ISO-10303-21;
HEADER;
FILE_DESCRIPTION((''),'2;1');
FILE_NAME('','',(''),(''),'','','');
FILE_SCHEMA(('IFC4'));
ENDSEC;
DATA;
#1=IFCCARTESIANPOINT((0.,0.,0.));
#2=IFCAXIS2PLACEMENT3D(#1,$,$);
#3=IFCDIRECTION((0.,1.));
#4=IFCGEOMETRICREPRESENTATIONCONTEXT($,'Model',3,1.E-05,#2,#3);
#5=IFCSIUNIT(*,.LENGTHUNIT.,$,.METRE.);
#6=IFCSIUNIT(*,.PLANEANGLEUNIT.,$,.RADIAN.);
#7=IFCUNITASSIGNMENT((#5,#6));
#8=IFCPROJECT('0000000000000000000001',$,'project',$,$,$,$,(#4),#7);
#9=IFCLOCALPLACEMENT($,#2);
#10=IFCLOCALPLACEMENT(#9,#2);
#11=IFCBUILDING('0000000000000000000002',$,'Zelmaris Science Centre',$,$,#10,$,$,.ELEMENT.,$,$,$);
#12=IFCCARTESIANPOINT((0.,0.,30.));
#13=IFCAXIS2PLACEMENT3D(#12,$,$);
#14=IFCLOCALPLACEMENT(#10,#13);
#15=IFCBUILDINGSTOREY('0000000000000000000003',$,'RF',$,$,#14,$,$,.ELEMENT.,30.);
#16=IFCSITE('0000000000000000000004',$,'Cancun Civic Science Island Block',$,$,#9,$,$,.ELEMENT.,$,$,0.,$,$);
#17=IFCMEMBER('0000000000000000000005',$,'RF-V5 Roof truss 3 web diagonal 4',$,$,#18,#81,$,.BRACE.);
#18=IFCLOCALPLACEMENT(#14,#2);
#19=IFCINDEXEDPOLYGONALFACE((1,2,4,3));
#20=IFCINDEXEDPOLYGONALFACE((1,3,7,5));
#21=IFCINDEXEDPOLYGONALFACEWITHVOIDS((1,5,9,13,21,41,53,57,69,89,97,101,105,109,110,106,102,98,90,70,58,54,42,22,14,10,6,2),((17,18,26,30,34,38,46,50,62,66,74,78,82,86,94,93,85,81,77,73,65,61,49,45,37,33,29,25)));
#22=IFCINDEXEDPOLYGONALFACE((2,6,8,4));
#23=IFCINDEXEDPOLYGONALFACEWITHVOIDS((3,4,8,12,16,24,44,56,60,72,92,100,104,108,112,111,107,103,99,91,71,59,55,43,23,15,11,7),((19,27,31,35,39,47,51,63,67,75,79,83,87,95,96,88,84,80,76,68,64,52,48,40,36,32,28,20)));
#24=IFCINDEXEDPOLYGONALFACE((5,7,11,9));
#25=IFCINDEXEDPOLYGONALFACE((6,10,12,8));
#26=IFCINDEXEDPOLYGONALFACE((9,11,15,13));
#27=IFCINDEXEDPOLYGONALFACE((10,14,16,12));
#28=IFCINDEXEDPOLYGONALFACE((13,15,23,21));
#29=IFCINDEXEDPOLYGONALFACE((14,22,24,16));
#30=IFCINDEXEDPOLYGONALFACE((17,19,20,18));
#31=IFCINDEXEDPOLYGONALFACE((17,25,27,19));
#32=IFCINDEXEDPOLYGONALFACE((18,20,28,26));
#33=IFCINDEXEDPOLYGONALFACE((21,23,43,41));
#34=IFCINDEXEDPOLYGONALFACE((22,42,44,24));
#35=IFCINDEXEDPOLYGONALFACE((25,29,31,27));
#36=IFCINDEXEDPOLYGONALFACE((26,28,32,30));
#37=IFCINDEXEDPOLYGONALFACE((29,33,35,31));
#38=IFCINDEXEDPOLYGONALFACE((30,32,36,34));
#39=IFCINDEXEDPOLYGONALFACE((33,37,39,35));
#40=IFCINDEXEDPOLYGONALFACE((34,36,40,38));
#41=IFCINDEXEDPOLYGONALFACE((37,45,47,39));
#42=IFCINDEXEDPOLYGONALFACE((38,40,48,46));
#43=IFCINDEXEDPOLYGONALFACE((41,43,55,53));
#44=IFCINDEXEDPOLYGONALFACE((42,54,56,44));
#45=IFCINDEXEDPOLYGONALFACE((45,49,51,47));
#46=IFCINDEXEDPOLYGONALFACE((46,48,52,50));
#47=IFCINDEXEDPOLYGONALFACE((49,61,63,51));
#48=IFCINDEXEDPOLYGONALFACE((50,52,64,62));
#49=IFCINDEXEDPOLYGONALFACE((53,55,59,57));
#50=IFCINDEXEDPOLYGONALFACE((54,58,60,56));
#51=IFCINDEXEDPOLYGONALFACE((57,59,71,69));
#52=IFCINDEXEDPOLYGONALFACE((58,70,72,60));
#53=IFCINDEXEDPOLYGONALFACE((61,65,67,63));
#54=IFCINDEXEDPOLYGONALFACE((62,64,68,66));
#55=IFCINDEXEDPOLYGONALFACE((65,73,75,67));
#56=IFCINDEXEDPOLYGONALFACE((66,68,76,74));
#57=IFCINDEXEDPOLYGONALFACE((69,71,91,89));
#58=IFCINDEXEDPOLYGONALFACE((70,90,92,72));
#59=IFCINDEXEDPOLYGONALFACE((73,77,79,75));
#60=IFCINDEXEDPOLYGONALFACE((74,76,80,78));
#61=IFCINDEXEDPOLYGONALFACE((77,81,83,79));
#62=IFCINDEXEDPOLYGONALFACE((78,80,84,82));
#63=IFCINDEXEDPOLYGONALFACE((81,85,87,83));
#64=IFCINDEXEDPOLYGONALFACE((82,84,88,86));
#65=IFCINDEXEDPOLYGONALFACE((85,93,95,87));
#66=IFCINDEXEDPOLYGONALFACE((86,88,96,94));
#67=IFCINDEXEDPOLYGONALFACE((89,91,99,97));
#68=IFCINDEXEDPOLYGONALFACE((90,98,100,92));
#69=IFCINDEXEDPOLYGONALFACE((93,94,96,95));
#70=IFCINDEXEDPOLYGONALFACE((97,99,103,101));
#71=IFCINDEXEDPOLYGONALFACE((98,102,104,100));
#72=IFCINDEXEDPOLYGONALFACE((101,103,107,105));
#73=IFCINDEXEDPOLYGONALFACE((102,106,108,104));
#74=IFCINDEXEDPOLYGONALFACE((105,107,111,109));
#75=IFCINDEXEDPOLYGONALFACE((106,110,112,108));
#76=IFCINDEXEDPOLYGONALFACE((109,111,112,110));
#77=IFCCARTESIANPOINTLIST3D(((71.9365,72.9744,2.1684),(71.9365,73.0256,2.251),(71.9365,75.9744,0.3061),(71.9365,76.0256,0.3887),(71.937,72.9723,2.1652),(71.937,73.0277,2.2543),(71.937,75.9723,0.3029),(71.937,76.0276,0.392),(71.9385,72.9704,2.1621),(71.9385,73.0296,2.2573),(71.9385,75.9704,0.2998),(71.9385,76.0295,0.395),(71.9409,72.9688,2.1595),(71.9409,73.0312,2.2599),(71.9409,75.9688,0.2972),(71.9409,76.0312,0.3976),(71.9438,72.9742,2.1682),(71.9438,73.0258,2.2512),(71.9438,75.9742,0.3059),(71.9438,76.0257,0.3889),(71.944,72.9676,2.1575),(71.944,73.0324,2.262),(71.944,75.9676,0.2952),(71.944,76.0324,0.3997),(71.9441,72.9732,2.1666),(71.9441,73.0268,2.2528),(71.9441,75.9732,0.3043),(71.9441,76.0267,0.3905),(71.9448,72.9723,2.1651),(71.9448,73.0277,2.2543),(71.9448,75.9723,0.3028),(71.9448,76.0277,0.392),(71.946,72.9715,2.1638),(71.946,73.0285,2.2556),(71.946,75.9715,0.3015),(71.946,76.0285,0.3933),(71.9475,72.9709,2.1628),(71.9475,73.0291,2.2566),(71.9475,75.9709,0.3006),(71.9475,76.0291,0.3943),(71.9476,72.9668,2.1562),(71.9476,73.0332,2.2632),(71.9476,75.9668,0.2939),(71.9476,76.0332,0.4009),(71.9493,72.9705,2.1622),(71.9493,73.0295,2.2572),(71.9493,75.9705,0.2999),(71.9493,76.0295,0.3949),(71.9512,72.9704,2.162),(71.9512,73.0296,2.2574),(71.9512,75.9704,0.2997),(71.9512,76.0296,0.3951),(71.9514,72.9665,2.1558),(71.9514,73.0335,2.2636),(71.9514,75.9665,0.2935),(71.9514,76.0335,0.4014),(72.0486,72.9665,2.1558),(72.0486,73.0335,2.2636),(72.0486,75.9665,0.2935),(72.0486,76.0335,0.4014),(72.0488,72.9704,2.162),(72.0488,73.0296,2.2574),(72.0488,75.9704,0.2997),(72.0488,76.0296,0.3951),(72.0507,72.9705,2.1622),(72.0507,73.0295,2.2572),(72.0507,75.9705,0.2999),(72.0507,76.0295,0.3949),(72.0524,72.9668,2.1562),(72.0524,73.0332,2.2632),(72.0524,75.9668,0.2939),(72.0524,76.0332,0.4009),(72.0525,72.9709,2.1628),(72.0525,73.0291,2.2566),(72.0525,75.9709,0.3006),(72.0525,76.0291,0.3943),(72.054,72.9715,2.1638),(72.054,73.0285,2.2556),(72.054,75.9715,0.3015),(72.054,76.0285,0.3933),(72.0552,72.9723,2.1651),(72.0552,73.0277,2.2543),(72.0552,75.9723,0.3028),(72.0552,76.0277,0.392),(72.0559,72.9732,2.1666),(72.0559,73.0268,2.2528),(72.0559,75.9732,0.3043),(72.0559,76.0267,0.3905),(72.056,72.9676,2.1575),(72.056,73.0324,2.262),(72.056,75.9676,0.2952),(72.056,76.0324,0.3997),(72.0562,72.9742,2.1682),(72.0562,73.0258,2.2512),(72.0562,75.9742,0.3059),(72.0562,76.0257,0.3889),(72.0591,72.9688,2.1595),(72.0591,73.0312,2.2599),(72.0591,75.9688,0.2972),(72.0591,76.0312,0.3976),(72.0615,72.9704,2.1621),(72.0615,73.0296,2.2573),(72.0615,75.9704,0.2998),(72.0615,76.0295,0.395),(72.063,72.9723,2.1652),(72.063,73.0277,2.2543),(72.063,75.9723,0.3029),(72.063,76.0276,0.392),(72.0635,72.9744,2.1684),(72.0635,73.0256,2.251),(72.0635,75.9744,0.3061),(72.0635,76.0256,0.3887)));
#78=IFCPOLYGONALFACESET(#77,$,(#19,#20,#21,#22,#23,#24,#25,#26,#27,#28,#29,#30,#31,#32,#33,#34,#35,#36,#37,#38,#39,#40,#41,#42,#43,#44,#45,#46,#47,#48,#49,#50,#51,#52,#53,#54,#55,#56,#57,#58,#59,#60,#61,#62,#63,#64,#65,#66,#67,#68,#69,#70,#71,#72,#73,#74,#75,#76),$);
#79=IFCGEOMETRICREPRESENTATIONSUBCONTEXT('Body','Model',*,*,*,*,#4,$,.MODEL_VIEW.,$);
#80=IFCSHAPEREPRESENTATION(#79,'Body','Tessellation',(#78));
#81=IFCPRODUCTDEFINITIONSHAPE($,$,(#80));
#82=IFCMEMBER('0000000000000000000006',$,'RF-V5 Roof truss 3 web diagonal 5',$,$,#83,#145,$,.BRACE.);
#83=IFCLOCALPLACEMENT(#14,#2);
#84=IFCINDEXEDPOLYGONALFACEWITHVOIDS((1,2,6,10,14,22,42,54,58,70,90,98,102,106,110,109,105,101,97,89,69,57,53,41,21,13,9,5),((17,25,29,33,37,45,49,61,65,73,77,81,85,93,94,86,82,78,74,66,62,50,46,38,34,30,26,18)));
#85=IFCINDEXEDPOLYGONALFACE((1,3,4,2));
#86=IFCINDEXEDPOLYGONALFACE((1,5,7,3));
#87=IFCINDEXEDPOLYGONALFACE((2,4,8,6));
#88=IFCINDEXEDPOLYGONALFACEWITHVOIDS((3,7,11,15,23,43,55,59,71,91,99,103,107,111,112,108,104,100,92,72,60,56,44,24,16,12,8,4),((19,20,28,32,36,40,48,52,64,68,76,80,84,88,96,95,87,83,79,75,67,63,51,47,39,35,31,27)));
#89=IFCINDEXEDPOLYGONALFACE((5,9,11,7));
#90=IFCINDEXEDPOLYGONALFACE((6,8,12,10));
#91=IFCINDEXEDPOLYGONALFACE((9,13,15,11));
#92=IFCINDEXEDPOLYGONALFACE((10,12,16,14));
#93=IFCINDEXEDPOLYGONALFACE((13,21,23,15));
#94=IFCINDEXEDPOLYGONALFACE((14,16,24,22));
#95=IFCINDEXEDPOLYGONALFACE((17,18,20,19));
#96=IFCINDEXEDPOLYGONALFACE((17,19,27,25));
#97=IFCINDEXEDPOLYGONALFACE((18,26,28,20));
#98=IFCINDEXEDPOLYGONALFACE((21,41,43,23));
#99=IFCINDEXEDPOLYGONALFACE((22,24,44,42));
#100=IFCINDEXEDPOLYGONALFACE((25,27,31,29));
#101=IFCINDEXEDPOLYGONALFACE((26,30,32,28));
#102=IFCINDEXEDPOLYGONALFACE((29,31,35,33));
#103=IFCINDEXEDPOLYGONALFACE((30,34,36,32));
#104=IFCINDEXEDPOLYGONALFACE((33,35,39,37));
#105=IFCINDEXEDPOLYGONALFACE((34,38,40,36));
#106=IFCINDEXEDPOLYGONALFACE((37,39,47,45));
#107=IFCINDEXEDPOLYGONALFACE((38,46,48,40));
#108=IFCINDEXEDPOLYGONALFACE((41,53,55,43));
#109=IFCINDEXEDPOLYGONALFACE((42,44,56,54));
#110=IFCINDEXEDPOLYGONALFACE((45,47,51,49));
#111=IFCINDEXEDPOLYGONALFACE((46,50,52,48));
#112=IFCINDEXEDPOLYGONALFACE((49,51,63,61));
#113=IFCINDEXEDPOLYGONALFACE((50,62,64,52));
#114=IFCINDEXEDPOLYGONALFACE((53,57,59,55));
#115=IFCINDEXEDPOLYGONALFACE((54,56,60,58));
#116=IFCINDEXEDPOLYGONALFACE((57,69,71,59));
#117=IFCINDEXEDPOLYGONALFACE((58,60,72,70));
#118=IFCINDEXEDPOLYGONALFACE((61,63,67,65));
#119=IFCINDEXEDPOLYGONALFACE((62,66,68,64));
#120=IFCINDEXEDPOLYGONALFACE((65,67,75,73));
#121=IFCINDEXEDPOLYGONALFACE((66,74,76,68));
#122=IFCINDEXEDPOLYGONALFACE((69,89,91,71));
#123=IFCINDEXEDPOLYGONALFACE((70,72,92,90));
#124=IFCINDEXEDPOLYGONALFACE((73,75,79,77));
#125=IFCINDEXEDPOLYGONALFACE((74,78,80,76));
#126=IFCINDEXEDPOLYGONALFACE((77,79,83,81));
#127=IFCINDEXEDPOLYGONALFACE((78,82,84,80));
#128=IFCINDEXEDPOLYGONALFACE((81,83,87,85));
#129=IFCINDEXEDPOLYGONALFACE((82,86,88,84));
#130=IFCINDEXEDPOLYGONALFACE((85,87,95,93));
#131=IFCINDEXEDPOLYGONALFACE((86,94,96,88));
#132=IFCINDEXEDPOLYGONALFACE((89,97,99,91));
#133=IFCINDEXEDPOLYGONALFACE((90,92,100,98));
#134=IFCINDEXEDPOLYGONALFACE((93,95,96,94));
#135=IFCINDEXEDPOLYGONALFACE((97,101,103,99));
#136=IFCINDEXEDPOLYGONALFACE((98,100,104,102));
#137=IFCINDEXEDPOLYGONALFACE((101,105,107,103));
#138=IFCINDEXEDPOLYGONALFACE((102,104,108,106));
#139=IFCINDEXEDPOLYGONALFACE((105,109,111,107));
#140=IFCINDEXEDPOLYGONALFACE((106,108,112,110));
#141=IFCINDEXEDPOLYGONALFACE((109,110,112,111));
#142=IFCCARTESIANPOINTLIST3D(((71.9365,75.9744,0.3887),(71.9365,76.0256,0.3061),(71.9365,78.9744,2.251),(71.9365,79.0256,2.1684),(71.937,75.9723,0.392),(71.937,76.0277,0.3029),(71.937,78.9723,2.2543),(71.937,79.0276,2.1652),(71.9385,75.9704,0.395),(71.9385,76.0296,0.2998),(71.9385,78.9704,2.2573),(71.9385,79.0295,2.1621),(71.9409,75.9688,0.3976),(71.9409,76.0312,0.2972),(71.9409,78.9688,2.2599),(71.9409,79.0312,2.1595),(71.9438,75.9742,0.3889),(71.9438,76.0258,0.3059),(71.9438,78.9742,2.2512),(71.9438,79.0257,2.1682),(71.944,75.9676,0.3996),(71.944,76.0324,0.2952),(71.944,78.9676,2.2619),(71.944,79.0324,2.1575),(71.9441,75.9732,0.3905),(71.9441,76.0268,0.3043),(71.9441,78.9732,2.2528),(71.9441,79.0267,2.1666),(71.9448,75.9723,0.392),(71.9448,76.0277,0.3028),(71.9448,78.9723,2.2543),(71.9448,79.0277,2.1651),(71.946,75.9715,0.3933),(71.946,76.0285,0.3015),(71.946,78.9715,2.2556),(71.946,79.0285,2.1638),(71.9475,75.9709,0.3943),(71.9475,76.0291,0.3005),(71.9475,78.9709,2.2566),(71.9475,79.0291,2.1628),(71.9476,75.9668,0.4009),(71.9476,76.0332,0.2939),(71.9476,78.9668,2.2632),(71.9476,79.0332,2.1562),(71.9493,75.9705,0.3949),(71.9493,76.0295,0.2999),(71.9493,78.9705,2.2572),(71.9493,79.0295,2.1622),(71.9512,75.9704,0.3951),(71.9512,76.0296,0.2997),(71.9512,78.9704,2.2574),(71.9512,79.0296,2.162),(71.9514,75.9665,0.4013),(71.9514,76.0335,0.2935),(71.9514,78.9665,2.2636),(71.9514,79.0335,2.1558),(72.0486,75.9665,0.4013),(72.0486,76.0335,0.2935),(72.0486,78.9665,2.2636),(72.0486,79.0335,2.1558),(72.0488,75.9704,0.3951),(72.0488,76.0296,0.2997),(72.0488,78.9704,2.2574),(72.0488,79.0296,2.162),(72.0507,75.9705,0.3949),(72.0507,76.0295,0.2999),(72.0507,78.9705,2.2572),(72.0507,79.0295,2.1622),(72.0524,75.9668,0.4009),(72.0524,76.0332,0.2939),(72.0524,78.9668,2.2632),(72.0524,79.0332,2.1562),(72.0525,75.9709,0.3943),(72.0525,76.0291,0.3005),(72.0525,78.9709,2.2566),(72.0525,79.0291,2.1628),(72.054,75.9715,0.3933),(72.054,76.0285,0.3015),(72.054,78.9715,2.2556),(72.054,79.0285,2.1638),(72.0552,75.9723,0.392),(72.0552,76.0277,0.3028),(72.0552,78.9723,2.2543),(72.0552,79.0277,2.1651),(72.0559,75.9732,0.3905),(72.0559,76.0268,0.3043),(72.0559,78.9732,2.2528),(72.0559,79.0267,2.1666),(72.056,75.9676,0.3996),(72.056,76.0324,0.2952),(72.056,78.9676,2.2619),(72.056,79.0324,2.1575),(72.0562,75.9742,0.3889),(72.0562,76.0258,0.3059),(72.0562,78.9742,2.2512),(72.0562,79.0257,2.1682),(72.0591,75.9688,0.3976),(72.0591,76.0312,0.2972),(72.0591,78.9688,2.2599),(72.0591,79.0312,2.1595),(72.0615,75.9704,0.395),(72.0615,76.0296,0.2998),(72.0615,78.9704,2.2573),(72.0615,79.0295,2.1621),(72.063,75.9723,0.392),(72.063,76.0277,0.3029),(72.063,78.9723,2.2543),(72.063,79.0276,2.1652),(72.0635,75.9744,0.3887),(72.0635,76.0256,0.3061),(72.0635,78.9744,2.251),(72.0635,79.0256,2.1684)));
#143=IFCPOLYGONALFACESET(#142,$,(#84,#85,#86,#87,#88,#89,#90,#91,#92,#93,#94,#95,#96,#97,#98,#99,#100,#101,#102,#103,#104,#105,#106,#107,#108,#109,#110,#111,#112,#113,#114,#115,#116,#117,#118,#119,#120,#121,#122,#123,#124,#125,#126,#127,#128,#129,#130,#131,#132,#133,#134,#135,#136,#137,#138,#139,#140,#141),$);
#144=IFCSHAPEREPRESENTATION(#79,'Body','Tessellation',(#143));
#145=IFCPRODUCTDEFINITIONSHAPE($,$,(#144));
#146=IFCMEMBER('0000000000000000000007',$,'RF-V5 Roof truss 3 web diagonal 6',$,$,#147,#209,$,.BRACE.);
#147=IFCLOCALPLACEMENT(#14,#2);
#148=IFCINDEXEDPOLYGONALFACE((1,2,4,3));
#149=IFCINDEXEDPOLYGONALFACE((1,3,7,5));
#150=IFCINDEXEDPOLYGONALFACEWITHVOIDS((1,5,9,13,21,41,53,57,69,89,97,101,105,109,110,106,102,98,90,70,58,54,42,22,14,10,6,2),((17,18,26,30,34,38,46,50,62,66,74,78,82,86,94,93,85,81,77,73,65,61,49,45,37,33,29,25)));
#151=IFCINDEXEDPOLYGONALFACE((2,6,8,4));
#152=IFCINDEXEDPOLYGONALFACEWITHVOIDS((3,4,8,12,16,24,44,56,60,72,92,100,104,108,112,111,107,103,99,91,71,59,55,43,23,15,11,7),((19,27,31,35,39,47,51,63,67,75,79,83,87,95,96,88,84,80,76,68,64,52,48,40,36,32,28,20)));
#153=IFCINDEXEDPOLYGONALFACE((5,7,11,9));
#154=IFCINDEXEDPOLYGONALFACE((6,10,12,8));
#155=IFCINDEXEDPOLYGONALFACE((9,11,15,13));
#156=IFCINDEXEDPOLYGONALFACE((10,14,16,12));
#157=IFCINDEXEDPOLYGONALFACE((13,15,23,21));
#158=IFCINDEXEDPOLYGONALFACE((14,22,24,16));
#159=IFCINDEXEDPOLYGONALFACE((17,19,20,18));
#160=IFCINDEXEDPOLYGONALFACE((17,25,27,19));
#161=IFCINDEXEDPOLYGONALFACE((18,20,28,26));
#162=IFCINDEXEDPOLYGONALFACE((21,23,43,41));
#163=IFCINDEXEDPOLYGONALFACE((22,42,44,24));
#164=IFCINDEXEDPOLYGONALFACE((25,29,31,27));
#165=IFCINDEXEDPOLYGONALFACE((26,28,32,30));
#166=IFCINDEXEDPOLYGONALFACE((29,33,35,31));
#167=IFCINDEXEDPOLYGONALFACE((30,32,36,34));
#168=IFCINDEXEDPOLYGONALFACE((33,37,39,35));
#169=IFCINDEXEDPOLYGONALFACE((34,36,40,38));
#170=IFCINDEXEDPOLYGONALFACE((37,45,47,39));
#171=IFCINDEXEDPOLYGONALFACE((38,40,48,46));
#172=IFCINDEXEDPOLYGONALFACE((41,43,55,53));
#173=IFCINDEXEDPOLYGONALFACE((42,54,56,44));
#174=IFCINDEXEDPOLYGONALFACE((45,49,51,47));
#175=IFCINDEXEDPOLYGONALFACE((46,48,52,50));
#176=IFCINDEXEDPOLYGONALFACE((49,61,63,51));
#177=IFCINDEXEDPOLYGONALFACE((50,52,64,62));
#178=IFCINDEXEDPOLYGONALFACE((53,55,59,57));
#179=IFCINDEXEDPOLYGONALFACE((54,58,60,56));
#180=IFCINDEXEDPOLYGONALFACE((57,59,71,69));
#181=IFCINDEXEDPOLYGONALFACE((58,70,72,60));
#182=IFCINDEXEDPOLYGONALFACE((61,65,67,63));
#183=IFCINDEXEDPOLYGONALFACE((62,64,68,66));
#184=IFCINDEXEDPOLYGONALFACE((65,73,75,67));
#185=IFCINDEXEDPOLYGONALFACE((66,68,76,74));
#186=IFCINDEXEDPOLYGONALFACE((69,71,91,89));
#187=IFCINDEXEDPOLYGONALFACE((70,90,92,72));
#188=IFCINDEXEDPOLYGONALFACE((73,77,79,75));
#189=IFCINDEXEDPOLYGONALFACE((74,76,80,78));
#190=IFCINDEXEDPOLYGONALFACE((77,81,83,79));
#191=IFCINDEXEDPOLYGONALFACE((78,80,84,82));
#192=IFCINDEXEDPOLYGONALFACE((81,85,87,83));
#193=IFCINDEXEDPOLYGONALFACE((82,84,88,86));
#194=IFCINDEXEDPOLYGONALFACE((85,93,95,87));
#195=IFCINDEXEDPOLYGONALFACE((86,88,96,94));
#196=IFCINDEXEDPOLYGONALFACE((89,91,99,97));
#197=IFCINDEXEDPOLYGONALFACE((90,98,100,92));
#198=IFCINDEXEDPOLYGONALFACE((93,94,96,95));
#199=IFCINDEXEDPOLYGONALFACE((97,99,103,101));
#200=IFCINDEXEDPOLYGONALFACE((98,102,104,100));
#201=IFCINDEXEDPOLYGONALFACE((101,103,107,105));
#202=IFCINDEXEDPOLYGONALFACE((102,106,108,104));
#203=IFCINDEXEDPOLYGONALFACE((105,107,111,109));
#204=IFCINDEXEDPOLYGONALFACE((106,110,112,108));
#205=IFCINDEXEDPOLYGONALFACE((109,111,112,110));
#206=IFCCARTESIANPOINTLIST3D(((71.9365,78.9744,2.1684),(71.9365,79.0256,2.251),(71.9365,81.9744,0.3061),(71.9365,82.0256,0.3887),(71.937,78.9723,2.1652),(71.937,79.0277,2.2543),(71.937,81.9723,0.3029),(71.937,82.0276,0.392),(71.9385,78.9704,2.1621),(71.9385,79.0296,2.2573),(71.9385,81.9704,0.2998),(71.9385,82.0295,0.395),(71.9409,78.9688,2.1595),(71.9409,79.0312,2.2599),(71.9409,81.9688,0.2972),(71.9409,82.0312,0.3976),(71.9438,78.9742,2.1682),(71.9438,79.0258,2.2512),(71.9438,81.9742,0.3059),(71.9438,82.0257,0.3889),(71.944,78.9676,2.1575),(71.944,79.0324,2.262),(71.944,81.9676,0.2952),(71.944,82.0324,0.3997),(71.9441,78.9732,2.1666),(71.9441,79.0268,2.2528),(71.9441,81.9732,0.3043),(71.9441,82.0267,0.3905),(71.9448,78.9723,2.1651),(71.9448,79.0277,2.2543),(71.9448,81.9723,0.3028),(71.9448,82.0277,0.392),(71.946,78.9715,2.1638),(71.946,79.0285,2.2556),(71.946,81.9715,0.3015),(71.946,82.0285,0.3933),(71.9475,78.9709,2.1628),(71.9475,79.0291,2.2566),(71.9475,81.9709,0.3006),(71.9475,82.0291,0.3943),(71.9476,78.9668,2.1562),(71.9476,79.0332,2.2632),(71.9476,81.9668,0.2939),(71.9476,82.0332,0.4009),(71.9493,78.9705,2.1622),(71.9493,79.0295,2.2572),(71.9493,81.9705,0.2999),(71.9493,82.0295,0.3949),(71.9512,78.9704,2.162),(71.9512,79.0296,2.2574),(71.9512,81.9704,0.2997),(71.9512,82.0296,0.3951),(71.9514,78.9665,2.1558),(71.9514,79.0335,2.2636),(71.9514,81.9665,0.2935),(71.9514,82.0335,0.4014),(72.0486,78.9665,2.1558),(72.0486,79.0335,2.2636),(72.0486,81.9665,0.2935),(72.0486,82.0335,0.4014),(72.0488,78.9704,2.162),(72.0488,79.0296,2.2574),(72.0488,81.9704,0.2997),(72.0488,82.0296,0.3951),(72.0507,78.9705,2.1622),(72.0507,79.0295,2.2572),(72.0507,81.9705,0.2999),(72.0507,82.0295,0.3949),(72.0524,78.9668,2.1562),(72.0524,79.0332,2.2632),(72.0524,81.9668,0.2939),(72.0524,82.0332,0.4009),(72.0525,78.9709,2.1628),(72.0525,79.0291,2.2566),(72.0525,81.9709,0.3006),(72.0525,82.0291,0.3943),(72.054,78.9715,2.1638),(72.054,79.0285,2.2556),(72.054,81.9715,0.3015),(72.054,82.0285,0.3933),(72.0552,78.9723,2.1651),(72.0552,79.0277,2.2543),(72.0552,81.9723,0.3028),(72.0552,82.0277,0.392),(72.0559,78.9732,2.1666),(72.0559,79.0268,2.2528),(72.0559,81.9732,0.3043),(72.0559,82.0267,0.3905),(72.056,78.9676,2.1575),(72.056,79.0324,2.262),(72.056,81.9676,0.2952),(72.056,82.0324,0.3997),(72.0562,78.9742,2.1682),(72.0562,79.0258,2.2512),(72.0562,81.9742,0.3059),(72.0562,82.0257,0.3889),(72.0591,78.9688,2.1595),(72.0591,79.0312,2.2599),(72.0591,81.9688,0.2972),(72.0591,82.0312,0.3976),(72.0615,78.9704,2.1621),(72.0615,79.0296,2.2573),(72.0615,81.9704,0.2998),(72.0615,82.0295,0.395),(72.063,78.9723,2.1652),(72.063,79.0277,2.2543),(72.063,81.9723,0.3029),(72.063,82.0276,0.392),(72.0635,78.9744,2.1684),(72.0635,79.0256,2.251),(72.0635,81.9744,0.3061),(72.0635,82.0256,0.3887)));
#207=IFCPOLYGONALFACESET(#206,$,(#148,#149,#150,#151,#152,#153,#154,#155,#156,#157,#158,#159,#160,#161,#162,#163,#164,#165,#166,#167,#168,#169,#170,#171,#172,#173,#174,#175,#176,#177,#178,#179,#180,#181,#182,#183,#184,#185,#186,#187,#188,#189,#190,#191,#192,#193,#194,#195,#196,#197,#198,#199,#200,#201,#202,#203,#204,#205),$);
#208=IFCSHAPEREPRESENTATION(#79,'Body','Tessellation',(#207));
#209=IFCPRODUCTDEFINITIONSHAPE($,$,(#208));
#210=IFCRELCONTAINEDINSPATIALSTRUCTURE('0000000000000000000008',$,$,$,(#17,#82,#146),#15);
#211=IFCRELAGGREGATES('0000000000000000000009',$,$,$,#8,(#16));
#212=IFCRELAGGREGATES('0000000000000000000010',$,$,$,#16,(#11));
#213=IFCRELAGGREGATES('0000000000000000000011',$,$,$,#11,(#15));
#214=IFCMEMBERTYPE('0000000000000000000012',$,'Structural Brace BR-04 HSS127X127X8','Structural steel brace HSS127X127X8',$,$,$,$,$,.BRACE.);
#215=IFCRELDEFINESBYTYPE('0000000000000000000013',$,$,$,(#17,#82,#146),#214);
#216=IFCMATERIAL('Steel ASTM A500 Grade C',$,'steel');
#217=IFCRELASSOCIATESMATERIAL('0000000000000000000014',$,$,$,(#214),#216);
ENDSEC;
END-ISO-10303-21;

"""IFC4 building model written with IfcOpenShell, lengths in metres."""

from ifc_helpers import new_model, si_unit, direction, frame, origin, origin_2d, place, context, subcontext, project, spatial, hollow_rectangle, extrude, material, material_profile, profile_set, type_object, element, save


model = new_model("IFC4")

# Units and contexts
model_context = context("Model", 3, precision=1e-05, world=origin(), true_north=direction((0.0, 1.0)))
body_context = subcontext(model_context, "Body", "Model", "MODEL_VIEW")
ifc_project = project(units=[si_unit("LENGTHUNIT", "METRE"), si_unit("PLANEANGLEUNIT", "RADIAN")], contexts=[model_context])

# Site, building, storey
site_placement = place(None, origin())
site = spatial("IfcSite", under=ifc_project, at=site_placement, Name="Cancun Civic Science Island Block", CompositionType="ELEMENT", RefElevation=0.0)
building_placement = place(site_placement, origin())
building = spatial("IfcBuilding", under=site, at=building_placement, Name="Zelmaris Science Centre", CompositionType="ELEMENT")
storey_placement = place(building_placement, frame((0.0, 0.0, 30.0)))
storey = spatial("IfcBuildingStorey", under=building, at=storey_placement, Name="RF", CompositionType="ELEMENT", Elevation=30.0)

# Shared definitions
ifc_material = material(Name="Steel ASTM A500 Grade C", Category="steel")

# Members
ifc_material_profile_1 = material_profile(ifc_material, hollow_rectangle(XDim=0.127, YDim=0.127, WallThickness=0.0073, InnerFilletRadius=0.0073, OuterFilletRadius=0.0149, at=origin_2d()), Name="HSS127X127X8")
ifc_profile_set_1 = profile_set([ifc_material_profile_1], Name="Steel ASTM A500 Grade C")
member_type_1 = type_object("IfcMemberType", Name="Structural Brace BR-04 HSS127X127X8", Description="Structural steel brace HSS127X127X8", PredefinedType="BRACE", material=ifc_profile_set_1)
for number, where, z_axis, x_axis, name in (
    (1, (72.0, 73.0, 2.2097), (0.0, 0.84961, -0.527411), (-1.0, 0.0, 0.0), "RF-V5 Roof truss 3 web diagonal 4"),
    (2, (72.0, 76.0, 0.3474), (0.0, 0.84961, 0.527411), (-1.0, 0.0, 0.0), "RF-V5 Roof truss 3 web diagonal 5"),
    (3, (72.0, 79.0, 2.2097), (0.0, 0.84961, -0.527411), (-1.0, 0.0, 0.0), "RF-V5 Roof truss 3 web diagonal 6"),
):
    element("IfcMember", number, at=place(storey_placement, frame(where, z_axis=z_axis, x_axis=x_axis)), inside=storey, type_object=member_type_1, Name=name, PredefinedType="BRACE", context=body_context, shape_type="SweptSolid", body=[
        extrude(hollow_rectangle(XDim=0.127, YDim=0.127, WallThickness=0.0073, InnerFilletRadius=0.0073, OuterFilletRadius=0.0149, at=origin_2d()), origin(), (0.0, 0.0, 1.0), 3.531),
    ])

save(model, "model.ifc")
